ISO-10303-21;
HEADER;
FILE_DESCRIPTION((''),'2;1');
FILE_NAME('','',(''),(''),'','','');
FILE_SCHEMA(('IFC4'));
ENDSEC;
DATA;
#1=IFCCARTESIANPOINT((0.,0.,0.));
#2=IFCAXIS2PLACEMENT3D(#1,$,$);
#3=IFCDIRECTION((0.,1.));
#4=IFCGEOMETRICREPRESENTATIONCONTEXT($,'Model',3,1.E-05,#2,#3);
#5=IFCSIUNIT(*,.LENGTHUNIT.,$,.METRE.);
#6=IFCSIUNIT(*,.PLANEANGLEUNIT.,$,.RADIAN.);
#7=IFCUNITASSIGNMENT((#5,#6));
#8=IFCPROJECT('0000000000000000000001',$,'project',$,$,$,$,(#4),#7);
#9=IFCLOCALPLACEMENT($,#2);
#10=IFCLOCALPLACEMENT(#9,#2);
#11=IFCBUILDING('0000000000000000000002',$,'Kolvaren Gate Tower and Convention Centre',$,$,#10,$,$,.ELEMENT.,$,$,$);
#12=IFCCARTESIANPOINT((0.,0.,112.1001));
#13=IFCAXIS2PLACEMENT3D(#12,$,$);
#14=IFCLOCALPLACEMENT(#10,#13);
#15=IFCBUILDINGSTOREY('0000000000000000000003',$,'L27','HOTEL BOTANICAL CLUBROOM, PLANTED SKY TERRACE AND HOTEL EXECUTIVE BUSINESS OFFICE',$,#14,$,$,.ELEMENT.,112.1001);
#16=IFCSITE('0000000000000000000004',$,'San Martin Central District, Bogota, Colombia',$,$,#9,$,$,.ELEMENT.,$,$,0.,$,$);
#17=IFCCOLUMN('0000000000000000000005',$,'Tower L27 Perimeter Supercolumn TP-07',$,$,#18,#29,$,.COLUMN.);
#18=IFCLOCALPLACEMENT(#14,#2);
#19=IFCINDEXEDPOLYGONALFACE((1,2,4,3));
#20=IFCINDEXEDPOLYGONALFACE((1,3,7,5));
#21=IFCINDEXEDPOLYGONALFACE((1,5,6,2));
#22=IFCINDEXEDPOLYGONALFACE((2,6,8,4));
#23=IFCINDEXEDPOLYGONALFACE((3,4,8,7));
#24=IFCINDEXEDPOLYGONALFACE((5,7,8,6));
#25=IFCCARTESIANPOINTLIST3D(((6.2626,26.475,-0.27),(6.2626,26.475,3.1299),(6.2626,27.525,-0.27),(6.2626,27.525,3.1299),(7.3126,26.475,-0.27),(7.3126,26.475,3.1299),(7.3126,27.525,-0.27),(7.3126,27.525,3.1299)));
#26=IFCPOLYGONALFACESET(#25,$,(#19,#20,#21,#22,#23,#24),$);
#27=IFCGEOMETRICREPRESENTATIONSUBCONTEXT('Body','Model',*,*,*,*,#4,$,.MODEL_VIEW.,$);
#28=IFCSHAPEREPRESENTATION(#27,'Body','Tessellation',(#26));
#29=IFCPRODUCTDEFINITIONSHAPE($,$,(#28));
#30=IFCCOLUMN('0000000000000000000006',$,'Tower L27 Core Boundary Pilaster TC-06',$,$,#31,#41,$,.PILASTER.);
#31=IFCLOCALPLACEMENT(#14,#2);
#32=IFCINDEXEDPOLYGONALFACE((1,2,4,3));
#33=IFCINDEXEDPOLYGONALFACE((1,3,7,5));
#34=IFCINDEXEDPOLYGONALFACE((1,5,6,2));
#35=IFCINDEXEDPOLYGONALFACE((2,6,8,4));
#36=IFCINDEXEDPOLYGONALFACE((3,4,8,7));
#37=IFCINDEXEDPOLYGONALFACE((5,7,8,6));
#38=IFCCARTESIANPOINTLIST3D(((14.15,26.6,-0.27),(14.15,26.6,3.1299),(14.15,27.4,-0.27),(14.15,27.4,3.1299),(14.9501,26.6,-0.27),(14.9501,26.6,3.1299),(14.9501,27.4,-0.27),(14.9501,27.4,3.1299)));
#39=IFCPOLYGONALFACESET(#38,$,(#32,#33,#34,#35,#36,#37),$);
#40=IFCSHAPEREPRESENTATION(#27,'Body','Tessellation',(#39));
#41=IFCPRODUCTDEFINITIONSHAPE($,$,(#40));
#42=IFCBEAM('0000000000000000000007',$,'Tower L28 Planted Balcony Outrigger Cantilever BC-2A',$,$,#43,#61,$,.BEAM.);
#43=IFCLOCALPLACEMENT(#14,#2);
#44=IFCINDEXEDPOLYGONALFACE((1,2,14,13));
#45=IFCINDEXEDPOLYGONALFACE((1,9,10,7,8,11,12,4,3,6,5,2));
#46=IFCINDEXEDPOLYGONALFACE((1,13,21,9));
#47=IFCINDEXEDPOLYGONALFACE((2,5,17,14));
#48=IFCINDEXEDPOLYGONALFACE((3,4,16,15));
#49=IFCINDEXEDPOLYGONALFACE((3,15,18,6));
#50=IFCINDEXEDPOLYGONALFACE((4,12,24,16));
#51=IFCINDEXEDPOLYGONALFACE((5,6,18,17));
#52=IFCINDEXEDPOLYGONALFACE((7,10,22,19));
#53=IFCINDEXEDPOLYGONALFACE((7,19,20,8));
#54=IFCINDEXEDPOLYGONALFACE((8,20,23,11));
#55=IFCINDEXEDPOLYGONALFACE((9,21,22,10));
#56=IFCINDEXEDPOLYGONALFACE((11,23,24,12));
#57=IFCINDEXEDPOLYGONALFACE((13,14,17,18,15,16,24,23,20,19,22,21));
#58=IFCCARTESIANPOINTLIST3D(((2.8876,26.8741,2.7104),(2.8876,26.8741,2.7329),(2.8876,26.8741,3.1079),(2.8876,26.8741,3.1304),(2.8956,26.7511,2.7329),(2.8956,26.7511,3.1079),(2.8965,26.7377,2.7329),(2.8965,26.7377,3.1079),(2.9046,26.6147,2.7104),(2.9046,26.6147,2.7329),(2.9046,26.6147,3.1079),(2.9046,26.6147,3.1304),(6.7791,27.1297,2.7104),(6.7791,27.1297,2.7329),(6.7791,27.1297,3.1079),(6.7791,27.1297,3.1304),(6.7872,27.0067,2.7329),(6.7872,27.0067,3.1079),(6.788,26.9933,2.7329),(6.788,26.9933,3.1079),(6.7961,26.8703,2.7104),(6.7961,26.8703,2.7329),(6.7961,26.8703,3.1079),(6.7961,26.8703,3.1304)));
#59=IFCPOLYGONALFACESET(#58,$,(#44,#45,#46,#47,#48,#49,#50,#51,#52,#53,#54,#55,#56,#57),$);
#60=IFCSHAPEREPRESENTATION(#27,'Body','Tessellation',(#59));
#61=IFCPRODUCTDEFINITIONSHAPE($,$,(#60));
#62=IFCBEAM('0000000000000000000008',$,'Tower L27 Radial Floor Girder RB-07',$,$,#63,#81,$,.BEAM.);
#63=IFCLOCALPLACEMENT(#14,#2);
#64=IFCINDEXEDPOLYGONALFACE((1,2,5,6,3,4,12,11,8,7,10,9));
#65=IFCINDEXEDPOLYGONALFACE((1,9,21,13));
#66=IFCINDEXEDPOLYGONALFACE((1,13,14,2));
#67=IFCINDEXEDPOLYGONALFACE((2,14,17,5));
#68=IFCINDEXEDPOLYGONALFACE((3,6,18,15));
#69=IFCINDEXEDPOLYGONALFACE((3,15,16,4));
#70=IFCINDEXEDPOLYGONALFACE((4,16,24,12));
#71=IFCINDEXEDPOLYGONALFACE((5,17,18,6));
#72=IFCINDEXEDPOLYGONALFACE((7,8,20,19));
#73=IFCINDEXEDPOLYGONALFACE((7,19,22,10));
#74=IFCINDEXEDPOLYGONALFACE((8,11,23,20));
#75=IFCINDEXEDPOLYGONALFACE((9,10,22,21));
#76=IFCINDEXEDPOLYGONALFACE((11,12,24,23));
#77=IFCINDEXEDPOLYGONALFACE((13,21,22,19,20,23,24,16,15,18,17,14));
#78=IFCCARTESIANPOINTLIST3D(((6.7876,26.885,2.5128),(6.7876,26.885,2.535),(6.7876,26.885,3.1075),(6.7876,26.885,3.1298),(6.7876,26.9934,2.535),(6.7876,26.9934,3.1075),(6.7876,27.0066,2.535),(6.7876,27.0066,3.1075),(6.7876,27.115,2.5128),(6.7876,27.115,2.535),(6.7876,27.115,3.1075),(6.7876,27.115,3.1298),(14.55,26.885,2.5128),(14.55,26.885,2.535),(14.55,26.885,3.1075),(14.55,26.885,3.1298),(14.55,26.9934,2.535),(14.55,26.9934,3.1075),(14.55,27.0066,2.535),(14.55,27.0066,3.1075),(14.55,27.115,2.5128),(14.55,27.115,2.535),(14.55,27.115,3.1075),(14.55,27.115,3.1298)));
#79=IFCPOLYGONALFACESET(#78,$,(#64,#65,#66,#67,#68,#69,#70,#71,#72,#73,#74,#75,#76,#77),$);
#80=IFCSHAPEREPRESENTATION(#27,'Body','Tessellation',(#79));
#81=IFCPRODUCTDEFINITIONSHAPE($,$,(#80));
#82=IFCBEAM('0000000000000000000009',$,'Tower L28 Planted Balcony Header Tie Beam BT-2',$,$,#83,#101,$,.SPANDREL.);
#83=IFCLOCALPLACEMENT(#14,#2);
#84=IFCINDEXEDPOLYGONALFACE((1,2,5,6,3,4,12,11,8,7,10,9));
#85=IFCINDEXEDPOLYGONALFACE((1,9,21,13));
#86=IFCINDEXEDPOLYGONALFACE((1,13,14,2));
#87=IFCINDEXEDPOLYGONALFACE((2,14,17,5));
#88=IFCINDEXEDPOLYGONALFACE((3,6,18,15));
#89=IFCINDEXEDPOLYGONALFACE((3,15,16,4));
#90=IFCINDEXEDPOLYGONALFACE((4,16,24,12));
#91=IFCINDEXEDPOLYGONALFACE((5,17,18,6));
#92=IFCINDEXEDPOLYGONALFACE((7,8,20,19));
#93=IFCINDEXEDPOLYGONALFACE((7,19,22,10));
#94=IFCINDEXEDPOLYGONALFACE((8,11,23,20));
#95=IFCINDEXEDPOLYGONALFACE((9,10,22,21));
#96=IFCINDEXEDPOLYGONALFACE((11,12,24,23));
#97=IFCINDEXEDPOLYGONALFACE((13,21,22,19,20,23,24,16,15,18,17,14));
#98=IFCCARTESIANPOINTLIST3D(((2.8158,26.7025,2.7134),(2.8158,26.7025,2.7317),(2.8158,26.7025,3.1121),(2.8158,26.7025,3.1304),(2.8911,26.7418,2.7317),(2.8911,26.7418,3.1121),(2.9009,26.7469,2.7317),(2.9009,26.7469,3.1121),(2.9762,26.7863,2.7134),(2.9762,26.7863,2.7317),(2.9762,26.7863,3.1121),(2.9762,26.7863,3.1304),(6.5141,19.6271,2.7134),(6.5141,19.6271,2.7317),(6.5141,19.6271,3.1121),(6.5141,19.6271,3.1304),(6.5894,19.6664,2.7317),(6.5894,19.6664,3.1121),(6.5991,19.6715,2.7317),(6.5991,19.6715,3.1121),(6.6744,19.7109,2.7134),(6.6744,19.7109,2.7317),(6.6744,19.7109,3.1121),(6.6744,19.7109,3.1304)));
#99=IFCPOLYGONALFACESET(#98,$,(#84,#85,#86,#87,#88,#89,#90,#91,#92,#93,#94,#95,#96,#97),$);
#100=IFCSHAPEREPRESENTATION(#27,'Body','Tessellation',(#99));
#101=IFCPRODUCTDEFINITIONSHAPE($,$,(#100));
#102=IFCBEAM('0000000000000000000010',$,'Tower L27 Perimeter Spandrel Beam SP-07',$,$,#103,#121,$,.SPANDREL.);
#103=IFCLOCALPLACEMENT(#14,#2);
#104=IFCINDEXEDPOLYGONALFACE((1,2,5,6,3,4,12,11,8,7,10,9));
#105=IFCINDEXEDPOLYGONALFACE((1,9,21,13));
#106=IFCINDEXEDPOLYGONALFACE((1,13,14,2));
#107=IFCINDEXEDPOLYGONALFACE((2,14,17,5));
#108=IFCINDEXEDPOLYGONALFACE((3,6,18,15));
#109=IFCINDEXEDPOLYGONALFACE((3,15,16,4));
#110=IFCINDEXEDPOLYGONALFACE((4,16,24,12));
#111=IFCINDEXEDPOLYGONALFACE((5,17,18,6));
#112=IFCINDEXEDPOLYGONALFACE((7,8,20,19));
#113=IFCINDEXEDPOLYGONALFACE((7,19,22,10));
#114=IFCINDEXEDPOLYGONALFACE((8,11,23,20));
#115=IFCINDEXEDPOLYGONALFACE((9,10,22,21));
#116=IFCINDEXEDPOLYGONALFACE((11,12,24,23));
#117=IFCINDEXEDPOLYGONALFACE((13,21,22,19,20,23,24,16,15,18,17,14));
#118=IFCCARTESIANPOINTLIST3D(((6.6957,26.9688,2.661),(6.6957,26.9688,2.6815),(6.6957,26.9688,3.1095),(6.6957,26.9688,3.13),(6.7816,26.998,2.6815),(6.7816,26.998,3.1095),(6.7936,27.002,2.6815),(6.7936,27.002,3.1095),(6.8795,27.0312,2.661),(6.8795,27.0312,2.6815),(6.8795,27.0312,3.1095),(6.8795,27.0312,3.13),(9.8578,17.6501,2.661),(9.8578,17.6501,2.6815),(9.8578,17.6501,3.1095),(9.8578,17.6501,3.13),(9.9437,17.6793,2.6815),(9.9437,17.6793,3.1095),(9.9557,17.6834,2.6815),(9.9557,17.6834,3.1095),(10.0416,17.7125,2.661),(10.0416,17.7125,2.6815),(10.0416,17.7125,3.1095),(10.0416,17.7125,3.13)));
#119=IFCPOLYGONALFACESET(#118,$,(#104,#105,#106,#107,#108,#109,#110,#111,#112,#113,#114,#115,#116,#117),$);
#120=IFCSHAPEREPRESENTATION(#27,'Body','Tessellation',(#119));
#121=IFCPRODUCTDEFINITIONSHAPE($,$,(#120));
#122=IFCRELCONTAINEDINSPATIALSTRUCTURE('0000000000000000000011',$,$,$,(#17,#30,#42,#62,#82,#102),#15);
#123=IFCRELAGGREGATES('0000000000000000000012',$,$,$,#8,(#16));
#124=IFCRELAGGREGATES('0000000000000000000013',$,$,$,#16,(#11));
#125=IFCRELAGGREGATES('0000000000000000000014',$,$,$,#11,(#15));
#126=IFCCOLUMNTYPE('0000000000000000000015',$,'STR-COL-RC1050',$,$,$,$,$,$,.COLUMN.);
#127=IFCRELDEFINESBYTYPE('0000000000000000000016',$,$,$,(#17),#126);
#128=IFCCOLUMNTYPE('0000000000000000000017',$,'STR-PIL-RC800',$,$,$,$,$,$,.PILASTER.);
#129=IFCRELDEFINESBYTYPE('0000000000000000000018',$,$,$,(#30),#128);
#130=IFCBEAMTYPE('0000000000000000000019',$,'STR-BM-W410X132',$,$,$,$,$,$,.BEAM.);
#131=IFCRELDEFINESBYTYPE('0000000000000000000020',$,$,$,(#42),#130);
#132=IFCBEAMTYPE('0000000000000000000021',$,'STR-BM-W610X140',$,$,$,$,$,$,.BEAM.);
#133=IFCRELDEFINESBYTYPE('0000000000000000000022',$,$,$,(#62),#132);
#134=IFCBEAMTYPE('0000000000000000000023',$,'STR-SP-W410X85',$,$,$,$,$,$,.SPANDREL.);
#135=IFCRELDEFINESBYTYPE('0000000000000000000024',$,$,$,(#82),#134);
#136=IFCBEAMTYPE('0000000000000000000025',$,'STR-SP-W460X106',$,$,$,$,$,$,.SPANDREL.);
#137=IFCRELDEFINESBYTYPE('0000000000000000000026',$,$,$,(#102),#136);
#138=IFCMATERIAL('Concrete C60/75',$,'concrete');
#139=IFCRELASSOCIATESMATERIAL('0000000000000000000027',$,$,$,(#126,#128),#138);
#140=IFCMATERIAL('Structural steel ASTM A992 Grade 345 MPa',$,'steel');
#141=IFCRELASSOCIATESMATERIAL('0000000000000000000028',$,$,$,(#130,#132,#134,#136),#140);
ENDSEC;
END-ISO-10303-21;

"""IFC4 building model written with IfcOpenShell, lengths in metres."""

from ifc_helpers import new_model, si_unit, direction, frame, origin, origin_2d, place, context, subcontext, project, spatial, rectangle, i_section, extrude, material, material_profile, profile_set, type_object, element, save


model = new_model("IFC4")

# Units and contexts
model_context = context("Model", 3, precision=1e-05, world=origin(), true_north=direction((0.0, 1.0)))
body_context = subcontext(model_context, "Body", "Model", "MODEL_VIEW")
ifc_project = project(units=[si_unit("LENGTHUNIT", "METRE"), si_unit("PLANEANGLEUNIT", "RADIAN")], contexts=[model_context])

# Site, building, storey
site_placement = place(None, origin())
site = spatial("IfcSite", under=ifc_project, at=site_placement, Name="San Martin Central District, Bogota, Colombia", CompositionType="ELEMENT", RefElevation=0.0)
building_placement = place(site_placement, origin())
building = spatial("IfcBuilding", under=site, at=building_placement, Name="Kolvaren Gate Tower and Convention Centre", CompositionType="ELEMENT")
storey_placement = place(building_placement, frame((0.0, 0.0, 112.1001)))
storey = spatial("IfcBuildingStorey", under=building, at=storey_placement, Name="L27", Description="HOTEL BOTANICAL CLUBROOM, PLANTED SKY TERRACE AND HOTEL EXECUTIVE BUSINESS OFFICE", CompositionType="ELEMENT", Elevation=112.1001)

# Columns
ifc_material_1 = material(Name="Concrete C60/75", Category="concrete")
ifc_material_profile_1 = material_profile(ifc_material_1, rectangle(XDim=1.05, YDim=1.05, at=origin_2d()), Name="RC-COL-1050X1050")
ifc_profile_set_1 = profile_set([ifc_material_profile_1], Name="Concrete C60/75")
column_type_1 = type_object("IfcColumnType", Name="STR-COL-RC1050", PredefinedType="COLUMN", material=ifc_profile_set_1)
column_1_placement = place(storey_placement, frame((6.7876, 27.0, -0.27), z_axis=(0.0, 0.0, 1.0), x_axis=(1.0, 0.0, 0.0)))
element("IfcColumn", 1, at=column_1_placement, inside=storey, type_object=column_type_1, Name="Tower L27 Perimeter Supercolumn TP-07", PredefinedType="COLUMN", context=body_context, shape_type="SweptSolid", body=[
    extrude(rectangle(XDim=1.05, YDim=1.05, at=origin_2d()), origin(), (0.0, 0.0, 1.0), 3.3999),
])
ifc_material_profile_2 = material_profile(ifc_material_1, rectangle(XDim=0.8, YDim=0.8, at=origin_2d()), Name="RC-COL-800X800")
ifc_profile_set_2 = profile_set([ifc_material_profile_2], Name="Concrete C60/75")
column_type_2 = type_object("IfcColumnType", Name="STR-PIL-RC800", PredefinedType="PILASTER", material=ifc_profile_set_2)
column_2_placement = place(storey_placement, frame((14.55, 27.0, -0.27), z_axis=(0.0, 0.0, 1.0), x_axis=(1.0, 0.0, 0.0)))
element("IfcColumn", 2, at=column_2_placement, inside=storey, type_object=column_type_2, Name="Tower L27 Core Boundary Pilaster TC-06", PredefinedType="PILASTER", context=body_context, shape_type="SweptSolid", body=[
    extrude(rectangle(XDim=0.8, YDim=0.8, at=origin_2d()), origin(), (0.0, 0.0, 1.0), 3.3999),
])

# Beams
ifc_material_2 = material(Name="Structural steel ASTM A992 Grade 345 MPa", Category="steel")
ifc_material_profile_3 = material_profile(ifc_material_2, i_section(OverallWidth=0.26, OverallDepth=0.4199, WebThickness=0.0134, FlangeThickness=0.0225, at=origin_2d()), Name="W410X132")
ifc_profile_set_3 = profile_set([ifc_material_profile_3], Name="Structural steel ASTM A992 Grade 345 MPa")
beam_type_1 = type_object("IfcBeamType", Name="STR-BM-W410X132", PredefinedType="BEAM", material=ifc_profile_set_3)
beam_1_placement = place(storey_placement, frame((6.7876, 27.0, 2.9204), z_axis=(-0.99785, -0.065543, 0.0), x_axis=(0.065543, -0.99785, 0.0)))
element("IfcBeam", 3, at=beam_1_placement, inside=storey, type_object=beam_type_1, Name="Tower L28 Planted Balcony Outrigger Cantilever BC-2A", PredefinedType="BEAM", context=body_context, shape_type="SweptSolid", body=[
    extrude(i_section(OverallWidth=0.26, OverallDepth=0.4199, WebThickness=0.0134, FlangeThickness=0.0225, at=origin_2d()), origin(), (0.0, 0.0, 1.0), 3.8999),
])
ifc_material_profile_4 = material_profile(ifc_material_2, i_section(OverallWidth=0.23, OverallDepth=0.6169, WebThickness=0.0132, FlangeThickness=0.0222, at=origin_2d()), Name="W610X140")
ifc_profile_set_4 = profile_set([ifc_material_profile_4], Name="Structural steel ASTM A992 Grade 345 MPa")
beam_type_2 = type_object("IfcBeamType", Name="STR-BM-W610X140", PredefinedType="BEAM", material=ifc_profile_set_4)
beam_2_placement = place(storey_placement, frame((14.55, 27.0, 2.8213), z_axis=(-1.0, 0.0, 0.0), x_axis=(0.0, -1.0, 0.0)))
element("IfcBeam", 4, at=beam_2_placement, inside=storey, type_object=beam_type_2, Name="Tower L27 Radial Floor Girder RB-07", PredefinedType="BEAM", context=body_context, shape_type="SweptSolid", body=[
    extrude(i_section(OverallWidth=0.23, OverallDepth=0.6169, WebThickness=0.0132, FlangeThickness=0.0222, at=origin_2d()), origin(), (0.0, 0.0, 1.0), 7.7625),
])
ifc_material_profile_5 = material_profile(ifc_material_2, i_section(OverallWidth=0.1809, OverallDepth=0.417, WebThickness=0.011, FlangeThickness=0.0183, at=origin_2d()), Name="W410X85")
ifc_profile_set_5 = profile_set([ifc_material_profile_5], Name="Structural steel ASTM A992 Grade 345 MPa")
beam_type_3 = type_object("IfcBeamType", Name="STR-SP-W410X85", PredefinedType="SPANDREL", material=ifc_profile_set_5)
beam_3_placement = place(storey_placement, frame((2.896, 26.7444, 2.9219), z_axis=(0.463226, -0.88624, 0.0), x_axis=(0.88624, 0.463226, 0.0)))
element("IfcBeam", 5, at=beam_3_placement, inside=storey, type_object=beam_type_3, Name="Tower L28 Planted Balcony Header Tie Beam BT-2", PredefinedType="SPANDREL", context=body_context, shape_type="SweptSolid", body=[
    extrude(i_section(OverallWidth=0.1809, OverallDepth=0.417, WebThickness=0.011, FlangeThickness=0.0183, at=origin_2d()), origin(), (0.0, 0.0, 1.0), 7.9836),
])
ifc_material_profile_6 = material_profile(ifc_material_2, i_section(OverallWidth=0.1941, OverallDepth=0.469, WebThickness=0.0127, FlangeThickness=0.0205, at=origin_2d()), Name="W460X106")
ifc_profile_set_6 = profile_set([ifc_material_profile_6], Name="Structural steel ASTM A992 Grade 345 MPa")
beam_type_4 = type_object("IfcBeamType", Name="STR-SP-W460X106", PredefinedType="SPANDREL", material=ifc_profile_set_6)
beam_4_placement = place(storey_placement, frame((6.7876, 27.0, 2.8955), z_axis=(0.321336, -0.946965, 0.0), x_axis=(0.946965, 0.321336, 0.0)))
element("IfcBeam", 6, at=beam_4_placement, inside=storey, type_object=beam_type_4, Name="Tower L27 Perimeter Spandrel Beam SP-07", PredefinedType="SPANDREL", context=body_context, shape_type="SweptSolid", body=[
    extrude(i_section(OverallWidth=0.1941, OverallDepth=0.469, WebThickness=0.0127, FlangeThickness=0.0205, at=origin_2d()), origin(), (0.0, 0.0, 1.0), 9.8406),
])

save(model, "model.ifc")
